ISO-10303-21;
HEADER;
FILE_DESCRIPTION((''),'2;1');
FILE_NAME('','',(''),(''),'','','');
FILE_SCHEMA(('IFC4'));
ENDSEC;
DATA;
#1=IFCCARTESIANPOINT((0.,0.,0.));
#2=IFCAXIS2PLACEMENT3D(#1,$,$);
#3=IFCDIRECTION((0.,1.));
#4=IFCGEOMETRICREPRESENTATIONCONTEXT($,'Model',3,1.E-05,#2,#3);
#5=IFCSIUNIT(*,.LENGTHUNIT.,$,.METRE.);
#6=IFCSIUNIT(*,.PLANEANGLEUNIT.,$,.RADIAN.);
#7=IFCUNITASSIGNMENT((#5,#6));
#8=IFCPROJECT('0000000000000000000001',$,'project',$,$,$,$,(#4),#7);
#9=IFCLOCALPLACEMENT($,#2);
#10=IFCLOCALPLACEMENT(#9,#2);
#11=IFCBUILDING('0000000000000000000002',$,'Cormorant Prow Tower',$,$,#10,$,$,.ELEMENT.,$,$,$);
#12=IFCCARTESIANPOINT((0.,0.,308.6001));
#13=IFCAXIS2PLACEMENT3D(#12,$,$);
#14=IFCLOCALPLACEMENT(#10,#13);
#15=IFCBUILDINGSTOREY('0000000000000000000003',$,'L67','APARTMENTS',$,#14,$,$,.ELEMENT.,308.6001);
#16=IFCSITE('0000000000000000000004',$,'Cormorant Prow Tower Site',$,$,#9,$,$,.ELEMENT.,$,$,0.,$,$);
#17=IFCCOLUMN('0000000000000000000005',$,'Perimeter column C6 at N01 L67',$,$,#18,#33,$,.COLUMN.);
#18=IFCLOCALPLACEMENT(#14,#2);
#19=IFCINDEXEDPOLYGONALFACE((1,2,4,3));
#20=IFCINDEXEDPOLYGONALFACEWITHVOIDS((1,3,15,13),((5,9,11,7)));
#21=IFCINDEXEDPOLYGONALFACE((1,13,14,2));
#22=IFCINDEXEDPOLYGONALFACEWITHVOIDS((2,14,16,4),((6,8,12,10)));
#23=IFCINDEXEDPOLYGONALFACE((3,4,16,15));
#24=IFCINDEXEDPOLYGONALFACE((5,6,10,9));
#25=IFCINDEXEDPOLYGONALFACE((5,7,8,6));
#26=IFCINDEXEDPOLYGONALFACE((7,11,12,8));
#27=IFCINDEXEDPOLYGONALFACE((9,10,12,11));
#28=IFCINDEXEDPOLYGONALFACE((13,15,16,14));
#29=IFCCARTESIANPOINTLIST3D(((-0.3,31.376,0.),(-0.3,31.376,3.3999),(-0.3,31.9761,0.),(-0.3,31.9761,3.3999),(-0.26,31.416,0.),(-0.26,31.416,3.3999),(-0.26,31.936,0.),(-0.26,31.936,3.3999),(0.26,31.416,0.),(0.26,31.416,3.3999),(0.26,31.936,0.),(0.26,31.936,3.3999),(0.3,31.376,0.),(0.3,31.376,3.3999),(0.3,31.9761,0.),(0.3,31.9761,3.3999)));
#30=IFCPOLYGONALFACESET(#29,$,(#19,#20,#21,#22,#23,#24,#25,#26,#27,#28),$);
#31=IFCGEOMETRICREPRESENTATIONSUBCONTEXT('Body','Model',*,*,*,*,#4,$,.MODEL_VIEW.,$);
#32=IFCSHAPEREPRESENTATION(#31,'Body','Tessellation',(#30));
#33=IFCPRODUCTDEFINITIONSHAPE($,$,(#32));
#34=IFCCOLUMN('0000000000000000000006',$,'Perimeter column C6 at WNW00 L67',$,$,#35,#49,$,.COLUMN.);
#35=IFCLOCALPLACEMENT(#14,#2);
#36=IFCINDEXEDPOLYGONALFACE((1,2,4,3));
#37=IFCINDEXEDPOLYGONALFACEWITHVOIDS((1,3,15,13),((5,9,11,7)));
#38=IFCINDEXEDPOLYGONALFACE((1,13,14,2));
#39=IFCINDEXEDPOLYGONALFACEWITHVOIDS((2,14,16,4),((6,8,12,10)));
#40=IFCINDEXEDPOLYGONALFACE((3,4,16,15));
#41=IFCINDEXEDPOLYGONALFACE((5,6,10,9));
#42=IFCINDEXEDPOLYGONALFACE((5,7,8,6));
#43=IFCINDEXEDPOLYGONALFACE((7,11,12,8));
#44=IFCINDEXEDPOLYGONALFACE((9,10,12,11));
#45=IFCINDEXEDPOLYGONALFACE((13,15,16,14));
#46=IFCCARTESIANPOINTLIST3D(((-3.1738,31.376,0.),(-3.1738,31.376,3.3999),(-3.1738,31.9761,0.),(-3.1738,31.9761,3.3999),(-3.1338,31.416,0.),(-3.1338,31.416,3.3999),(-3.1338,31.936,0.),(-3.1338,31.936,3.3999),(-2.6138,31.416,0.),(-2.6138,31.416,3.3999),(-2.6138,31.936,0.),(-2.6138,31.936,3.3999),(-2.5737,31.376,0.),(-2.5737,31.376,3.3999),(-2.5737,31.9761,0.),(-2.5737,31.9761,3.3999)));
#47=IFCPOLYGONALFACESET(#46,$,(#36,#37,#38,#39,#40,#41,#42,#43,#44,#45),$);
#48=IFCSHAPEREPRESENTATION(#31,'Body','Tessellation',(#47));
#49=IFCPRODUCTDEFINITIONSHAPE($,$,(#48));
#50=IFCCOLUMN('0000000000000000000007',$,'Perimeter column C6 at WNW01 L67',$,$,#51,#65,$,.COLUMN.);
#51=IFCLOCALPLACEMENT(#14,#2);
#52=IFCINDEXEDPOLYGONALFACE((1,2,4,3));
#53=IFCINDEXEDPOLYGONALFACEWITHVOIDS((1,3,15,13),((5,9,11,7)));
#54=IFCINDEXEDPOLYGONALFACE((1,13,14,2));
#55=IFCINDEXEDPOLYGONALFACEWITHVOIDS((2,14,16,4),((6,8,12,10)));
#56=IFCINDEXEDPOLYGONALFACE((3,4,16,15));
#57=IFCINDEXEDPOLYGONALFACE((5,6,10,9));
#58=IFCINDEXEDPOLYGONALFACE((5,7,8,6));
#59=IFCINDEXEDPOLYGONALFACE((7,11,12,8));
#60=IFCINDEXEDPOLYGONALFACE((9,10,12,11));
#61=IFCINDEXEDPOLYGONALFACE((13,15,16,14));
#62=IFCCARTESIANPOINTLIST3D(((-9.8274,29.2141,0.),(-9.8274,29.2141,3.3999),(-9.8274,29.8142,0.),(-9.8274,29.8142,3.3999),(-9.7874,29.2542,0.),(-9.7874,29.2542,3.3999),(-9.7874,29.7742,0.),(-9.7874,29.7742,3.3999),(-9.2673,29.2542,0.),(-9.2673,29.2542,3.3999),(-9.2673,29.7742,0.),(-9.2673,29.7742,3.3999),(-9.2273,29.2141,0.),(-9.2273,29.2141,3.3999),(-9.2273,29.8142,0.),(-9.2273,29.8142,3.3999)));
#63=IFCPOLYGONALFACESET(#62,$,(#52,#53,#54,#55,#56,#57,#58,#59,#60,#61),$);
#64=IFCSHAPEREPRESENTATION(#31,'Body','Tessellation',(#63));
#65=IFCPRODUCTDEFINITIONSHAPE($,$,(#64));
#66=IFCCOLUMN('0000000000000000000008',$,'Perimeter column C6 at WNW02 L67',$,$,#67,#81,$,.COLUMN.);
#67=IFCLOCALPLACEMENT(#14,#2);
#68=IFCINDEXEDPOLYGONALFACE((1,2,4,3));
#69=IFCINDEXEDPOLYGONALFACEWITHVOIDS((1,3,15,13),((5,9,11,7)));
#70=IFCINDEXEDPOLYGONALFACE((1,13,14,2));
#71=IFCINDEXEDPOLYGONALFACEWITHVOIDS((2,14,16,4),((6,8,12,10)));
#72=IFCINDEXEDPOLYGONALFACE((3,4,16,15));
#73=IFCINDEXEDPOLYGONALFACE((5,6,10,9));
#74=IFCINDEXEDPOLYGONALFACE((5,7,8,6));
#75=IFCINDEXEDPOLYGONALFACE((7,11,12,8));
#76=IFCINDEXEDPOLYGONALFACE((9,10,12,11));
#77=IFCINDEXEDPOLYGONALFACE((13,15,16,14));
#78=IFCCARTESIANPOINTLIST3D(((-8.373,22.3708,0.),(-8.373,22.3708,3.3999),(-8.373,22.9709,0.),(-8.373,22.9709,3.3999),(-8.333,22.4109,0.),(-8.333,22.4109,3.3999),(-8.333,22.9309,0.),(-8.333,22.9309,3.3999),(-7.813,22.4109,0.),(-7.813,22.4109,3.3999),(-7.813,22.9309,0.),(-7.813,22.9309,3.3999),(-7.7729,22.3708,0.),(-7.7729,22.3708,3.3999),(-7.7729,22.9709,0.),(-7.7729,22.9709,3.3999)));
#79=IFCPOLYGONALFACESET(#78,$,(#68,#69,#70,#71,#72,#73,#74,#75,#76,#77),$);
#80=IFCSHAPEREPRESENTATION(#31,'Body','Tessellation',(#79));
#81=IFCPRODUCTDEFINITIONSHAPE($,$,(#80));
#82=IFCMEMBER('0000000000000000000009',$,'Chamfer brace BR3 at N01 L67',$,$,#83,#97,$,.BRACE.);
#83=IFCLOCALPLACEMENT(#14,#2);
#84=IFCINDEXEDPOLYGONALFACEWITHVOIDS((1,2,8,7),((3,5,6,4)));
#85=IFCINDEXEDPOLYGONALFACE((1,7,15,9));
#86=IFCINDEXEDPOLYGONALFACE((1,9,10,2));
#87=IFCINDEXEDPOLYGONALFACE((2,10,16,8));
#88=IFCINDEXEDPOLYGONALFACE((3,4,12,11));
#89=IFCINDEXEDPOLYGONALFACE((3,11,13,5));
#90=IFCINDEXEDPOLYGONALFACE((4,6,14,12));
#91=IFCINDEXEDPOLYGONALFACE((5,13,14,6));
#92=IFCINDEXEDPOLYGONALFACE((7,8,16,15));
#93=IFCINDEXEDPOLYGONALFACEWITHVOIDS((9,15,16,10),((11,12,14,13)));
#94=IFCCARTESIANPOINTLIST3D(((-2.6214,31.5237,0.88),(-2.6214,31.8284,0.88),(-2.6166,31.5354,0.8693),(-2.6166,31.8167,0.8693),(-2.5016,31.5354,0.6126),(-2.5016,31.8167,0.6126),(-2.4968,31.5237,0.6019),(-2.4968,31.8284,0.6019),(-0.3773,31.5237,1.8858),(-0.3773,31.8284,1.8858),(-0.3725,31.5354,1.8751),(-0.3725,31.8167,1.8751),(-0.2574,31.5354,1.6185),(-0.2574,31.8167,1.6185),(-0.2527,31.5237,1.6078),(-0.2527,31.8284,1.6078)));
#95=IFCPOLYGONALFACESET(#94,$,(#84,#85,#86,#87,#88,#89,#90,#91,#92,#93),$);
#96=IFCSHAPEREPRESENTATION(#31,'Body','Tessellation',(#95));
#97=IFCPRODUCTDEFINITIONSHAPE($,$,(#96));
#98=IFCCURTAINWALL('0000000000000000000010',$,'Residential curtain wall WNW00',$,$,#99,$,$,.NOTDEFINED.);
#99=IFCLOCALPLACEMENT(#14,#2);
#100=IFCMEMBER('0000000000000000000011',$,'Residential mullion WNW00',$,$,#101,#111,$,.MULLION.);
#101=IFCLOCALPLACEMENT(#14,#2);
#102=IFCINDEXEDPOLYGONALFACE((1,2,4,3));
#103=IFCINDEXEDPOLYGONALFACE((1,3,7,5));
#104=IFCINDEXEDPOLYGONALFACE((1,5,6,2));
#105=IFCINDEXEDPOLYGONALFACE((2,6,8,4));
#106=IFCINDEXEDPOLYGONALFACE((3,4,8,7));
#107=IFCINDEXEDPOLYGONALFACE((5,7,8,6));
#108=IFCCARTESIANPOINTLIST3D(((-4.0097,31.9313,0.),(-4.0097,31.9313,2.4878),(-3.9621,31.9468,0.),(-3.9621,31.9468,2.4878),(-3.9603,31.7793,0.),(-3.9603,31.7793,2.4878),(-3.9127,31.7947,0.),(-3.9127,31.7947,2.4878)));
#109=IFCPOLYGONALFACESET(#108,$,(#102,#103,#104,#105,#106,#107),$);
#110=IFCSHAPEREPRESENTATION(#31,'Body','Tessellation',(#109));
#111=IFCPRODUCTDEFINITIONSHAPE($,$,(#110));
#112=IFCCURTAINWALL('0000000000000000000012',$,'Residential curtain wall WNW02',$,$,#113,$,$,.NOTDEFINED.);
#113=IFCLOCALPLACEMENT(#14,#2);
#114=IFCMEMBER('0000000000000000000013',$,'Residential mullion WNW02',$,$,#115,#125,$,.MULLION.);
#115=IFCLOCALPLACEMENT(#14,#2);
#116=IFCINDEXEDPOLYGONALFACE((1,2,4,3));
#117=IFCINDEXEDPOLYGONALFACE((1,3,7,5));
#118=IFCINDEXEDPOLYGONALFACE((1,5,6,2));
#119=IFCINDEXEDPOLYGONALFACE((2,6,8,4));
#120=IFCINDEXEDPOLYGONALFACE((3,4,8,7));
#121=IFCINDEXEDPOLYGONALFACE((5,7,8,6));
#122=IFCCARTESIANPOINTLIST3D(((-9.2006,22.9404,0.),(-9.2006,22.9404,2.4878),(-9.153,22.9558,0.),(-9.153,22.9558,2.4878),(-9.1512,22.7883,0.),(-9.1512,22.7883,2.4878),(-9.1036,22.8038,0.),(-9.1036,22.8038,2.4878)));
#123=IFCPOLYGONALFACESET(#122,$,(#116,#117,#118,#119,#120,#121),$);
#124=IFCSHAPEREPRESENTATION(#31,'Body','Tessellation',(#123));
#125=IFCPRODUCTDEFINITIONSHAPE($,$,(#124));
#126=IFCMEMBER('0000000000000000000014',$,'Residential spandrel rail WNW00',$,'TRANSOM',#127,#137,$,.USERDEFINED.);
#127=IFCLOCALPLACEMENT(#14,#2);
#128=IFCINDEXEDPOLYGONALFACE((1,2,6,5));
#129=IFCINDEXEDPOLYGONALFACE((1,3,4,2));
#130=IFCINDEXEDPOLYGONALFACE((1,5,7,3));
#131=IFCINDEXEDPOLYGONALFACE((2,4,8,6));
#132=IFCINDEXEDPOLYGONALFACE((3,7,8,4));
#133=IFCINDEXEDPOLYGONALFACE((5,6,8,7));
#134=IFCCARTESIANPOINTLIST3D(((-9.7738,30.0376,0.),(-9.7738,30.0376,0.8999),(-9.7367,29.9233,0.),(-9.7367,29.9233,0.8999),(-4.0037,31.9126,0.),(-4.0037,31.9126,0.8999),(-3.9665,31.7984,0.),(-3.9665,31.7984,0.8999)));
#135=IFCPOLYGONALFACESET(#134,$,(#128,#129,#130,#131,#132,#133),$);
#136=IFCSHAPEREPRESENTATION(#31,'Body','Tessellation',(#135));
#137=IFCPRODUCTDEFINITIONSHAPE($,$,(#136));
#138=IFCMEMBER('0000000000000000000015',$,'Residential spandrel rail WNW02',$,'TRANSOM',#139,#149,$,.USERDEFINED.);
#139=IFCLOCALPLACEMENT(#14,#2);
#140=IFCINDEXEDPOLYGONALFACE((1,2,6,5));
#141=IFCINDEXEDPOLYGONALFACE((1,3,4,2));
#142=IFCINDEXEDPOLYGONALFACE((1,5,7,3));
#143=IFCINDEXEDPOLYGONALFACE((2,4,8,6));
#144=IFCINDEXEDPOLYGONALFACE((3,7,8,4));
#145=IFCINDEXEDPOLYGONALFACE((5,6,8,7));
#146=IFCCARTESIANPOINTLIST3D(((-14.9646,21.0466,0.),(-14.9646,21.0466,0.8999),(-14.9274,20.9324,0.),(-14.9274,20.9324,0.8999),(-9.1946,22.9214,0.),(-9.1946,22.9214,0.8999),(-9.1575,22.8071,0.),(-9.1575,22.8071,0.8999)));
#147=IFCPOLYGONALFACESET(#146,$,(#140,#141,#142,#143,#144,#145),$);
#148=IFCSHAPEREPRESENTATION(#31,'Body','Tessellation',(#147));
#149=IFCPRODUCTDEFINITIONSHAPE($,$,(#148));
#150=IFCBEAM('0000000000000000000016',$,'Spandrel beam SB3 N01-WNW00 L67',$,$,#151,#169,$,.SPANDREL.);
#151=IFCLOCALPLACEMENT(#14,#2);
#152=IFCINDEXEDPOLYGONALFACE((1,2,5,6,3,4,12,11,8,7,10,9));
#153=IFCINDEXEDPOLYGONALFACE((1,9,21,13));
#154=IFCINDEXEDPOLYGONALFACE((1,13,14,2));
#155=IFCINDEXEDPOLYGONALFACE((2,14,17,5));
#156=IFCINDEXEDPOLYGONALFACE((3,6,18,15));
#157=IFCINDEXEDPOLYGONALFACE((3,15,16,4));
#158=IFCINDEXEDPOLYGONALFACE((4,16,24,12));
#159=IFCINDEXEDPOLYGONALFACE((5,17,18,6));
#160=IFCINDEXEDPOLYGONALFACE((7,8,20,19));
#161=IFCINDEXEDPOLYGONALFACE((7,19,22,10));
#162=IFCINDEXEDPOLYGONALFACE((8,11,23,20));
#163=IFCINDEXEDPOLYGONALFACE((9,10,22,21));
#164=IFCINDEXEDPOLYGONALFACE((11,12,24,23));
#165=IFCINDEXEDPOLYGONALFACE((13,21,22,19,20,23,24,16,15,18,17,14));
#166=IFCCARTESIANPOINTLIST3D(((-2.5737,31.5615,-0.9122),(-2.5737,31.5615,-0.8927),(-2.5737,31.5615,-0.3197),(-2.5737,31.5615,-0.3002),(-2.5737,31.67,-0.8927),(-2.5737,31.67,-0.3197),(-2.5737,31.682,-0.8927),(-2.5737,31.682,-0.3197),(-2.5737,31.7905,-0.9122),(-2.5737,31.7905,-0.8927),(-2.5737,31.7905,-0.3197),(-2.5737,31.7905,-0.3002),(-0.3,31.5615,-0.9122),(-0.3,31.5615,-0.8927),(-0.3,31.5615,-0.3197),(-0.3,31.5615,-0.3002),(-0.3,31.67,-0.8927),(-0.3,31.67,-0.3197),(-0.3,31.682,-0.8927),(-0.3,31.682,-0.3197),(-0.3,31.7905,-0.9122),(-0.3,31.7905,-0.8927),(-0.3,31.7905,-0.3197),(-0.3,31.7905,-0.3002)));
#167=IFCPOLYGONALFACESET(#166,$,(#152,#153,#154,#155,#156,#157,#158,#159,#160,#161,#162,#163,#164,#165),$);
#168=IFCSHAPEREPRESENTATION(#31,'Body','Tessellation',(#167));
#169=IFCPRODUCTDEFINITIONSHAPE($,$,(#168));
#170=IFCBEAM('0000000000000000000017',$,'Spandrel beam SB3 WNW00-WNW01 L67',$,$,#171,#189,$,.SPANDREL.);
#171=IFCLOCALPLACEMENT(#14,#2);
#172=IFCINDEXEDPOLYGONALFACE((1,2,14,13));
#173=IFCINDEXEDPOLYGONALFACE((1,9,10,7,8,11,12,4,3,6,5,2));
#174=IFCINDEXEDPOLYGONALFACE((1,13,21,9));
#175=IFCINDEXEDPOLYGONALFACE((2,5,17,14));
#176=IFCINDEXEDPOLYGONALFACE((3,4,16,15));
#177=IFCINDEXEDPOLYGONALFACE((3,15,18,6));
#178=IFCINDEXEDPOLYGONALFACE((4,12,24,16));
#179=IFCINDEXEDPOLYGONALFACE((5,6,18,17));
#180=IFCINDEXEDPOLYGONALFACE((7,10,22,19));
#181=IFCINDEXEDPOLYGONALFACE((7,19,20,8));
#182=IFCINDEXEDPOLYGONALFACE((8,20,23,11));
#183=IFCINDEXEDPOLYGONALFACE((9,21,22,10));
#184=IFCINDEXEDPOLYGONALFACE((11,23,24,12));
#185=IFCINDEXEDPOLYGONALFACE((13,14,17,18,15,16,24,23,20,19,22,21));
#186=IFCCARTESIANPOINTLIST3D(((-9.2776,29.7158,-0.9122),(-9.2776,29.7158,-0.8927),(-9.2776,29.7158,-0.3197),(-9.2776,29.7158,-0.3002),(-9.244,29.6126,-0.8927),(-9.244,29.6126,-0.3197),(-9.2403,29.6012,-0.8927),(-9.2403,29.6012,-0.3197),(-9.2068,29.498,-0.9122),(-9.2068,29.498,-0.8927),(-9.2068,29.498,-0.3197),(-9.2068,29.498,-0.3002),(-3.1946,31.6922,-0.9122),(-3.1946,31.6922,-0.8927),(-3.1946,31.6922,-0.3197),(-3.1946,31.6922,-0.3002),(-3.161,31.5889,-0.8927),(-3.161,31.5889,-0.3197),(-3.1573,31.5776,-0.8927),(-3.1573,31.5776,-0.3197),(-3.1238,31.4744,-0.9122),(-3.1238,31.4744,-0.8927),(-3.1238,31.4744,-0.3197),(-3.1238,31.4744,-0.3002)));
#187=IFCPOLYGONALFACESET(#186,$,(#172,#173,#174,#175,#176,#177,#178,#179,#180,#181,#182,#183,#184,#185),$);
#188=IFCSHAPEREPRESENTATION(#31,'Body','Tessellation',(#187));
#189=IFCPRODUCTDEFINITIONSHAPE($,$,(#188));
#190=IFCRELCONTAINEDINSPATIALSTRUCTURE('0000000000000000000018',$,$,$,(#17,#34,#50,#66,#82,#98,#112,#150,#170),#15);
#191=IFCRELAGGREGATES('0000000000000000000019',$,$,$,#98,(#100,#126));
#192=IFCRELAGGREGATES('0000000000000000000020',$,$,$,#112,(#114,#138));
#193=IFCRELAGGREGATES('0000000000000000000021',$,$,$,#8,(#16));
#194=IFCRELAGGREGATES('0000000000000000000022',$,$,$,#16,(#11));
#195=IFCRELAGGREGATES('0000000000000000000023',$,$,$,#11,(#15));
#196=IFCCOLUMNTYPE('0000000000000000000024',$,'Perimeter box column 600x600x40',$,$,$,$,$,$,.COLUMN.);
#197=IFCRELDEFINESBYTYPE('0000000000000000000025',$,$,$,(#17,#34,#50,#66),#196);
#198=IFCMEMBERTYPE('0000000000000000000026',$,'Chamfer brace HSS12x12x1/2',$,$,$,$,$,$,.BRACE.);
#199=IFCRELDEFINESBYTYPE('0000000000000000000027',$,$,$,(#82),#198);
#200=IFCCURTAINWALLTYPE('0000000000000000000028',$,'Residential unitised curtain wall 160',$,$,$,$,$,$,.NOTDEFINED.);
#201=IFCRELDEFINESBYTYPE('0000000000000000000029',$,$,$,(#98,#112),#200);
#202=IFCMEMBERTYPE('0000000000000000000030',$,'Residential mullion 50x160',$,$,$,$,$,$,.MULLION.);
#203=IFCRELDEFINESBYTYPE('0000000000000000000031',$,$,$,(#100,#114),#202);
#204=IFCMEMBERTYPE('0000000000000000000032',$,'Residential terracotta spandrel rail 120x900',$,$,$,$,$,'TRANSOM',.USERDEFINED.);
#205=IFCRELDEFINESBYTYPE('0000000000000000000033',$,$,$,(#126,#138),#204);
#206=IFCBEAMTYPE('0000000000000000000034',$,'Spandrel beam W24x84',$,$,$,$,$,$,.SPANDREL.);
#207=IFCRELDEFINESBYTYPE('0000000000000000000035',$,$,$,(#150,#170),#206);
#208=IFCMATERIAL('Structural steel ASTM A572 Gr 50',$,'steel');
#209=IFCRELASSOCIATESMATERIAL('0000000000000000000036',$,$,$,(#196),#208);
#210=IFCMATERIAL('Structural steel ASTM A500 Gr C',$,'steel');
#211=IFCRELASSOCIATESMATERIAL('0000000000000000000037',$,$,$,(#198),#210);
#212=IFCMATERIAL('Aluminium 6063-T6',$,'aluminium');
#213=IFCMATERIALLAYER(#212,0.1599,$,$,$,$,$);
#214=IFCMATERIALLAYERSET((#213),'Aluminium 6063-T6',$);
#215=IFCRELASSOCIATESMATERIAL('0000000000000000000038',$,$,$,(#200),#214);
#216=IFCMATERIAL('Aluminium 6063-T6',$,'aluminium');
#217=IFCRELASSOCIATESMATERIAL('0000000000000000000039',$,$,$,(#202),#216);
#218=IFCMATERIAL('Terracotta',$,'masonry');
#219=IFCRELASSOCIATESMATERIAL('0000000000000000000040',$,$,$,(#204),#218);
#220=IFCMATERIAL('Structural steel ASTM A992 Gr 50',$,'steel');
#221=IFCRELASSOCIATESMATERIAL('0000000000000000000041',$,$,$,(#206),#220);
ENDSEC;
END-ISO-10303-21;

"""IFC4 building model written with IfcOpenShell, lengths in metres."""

from ifc_helpers import new_model, si_unit, direction, frame, origin, origin_2d, place, context, subcontext, project, spatial, rectangle, hollow_rectangle, i_section, extrude, material, layer, layer_set, material_profile, profile_set, type_object, element, aggregate, save


model = new_model("IFC4")

# Units and contexts
model_context = context("Model", 3, precision=1e-05, world=origin(), true_north=direction((0.0, 1.0)))
body_context = subcontext(model_context, "Body", "Model", "MODEL_VIEW")
ifc_project = project(units=[si_unit("LENGTHUNIT", "METRE"), si_unit("PLANEANGLEUNIT", "RADIAN")], contexts=[model_context])

# Site, building, storey
site_placement = place(None, origin())
site = spatial("IfcSite", under=ifc_project, at=site_placement, Name="Cormorant Prow Tower Site", CompositionType="ELEMENT", RefElevation=0.0)
building_placement = place(site_placement, origin())
building = spatial("IfcBuilding", under=site, at=building_placement, Name="Cormorant Prow Tower", CompositionType="ELEMENT")
storey_placement = place(building_placement, frame((0.0, 0.0, 308.6001)))
storey = spatial("IfcBuildingStorey", under=building, at=storey_placement, Name="L67", Description="APARTMENTS", CompositionType="ELEMENT", Elevation=308.6001)

# Columns
ifc_material_1 = material(Name="Structural steel ASTM A572 Gr 50", Category="steel")
ifc_material_profile_1 = material_profile(ifc_material_1, hollow_rectangle(XDim=0.6001, YDim=0.6001, WallThickness=0.04, at=origin_2d()), Name="Box 600x600x40")
ifc_profile_set_1 = profile_set([ifc_material_profile_1], Name="Structural steel ASTM A572 Gr 50")
column_type = type_object("IfcColumnType", Name="Perimeter box column 600x600x40", PredefinedType="COLUMN", material=ifc_profile_set_1)
for number, where, z_axis, x_axis, name in (
    (1, (0.0, 31.676, 0.0), (0.0, 0.0, 1.0), (1.0, 0.0, 0.0), "Perimeter column C6 at N01 L67"),
    (2, (-2.8738, 31.676, 0.0), (0.0, 0.0, 1.0), (1.0, 0.0, 0.0), "Perimeter column C6 at WNW00 L67"),
    (3, (-9.5273, 29.5142, 0.0), (0.0, 0.0, 1.0), (1.0, 0.0, 0.0), "Perimeter column C6 at WNW01 L67"),
    (4, (-8.073, 22.6709, 0.0), (0.0, 0.0, 1.0), (1.0, 0.0, 0.0), "Perimeter column C6 at WNW02 L67"),
):
    element("IfcColumn", number, at=place(storey_placement, frame(where, z_axis=z_axis, x_axis=x_axis)), inside=storey, type_object=column_type, Name=name, PredefinedType="COLUMN", context=body_context, shape_type="SweptSolid", body=[
        extrude(hollow_rectangle(XDim=0.6001, YDim=0.6001, WallThickness=0.04, at=origin_2d()), origin(), (0.0, 0.0, 1.0), 3.3999),
    ])

# Member
ifc_material_2 = material(Name="Structural steel ASTM A500 Gr C", Category="steel")
ifc_material_profile_2 = material_profile(ifc_material_2, hollow_rectangle(XDim=0.3047, YDim=0.3047, WallThickness=0.0117, at=origin_2d()), Name="HSS12x12x1/2")
ifc_profile_set_2 = profile_set([ifc_material_profile_2], Name="Structural steel ASTM A500 Gr C")
member_type_1 = type_object("IfcMemberType", Name="Chamfer brace HSS12x12x1/2", PredefinedType="BRACE", material=ifc_profile_set_2)
member_1_placement = place(storey_placement, frame((-2.5591, 31.676, 0.741), z_axis=(0.91253, 0.0, 0.40901), x_axis=(0.0, 1.0, 0.0)))
element("IfcMember", 5, at=member_1_placement, inside=storey, type_object=member_type_1, Name="Chamfer brace BR3 at N01 L67", PredefinedType="BRACE", context=body_context, shape_type="SweptSolid", body=[
    extrude(hollow_rectangle(XDim=0.3047, YDim=0.3047, WallThickness=0.0117, at=origin_2d()), origin(), (0.0, 0.0, 1.0), 2.4592),
])

# Curtain walls, members
ifc_material_3 = material(Name="Aluminium 6063-T6", Category="aluminium")
ifc_layer_1 = layer(ifc_material_3, 0.1599)
ifc_layer_set_1 = layer_set([ifc_layer_1], Name="Aluminium 6063-T6")
curtain_wall_type = type_object("IfcCurtainWallType", Name="Residential unitised curtain wall 160", PredefinedType="NOTDEFINED", material=ifc_layer_set_1)
curtain_wall_1_placement = place(storey_placement, origin())
curtain_wall_1 = element("IfcCurtainWall", 6, at=curtain_wall_1_placement, inside=storey, type_object=curtain_wall_type, Name="Residential curtain wall WNW00", PredefinedType="NOTDEFINED")
ifc_material_4 = material(Name="Aluminium 6063-T6", Category="aluminium")
ifc_material_profile_3 = material_profile(ifc_material_4, rectangle(XDim=0.1599, YDim=0.05, at=origin_2d()), Name="Residential mullion 50x160")
ifc_profile_set_3 = profile_set([ifc_material_profile_3], Name="Aluminium 6063-T6")
member_type_2 = type_object("IfcMemberType", Name="Residential mullion 50x160", PredefinedType="MULLION", material=ifc_profile_set_3)
member_2_placement = place(storey_placement, frame((-3.9612, 31.863, 0.0), z_axis=(0.0, 0.0, 1.0), x_axis=(0.309017, -0.951057, 0.0)))
member_2 = element("IfcMember", 7, at=member_2_placement, type_object=member_type_2, Name="Residential mullion WNW00", PredefinedType="MULLION", context=body_context, shape_type="SweptSolid", body=[
    extrude(rectangle(XDim=0.1599, YDim=0.05, at=origin_2d()), origin(), (0.0, 0.0, 1.0), 2.4878),
])
curtain_wall_2_placement = place(storey_placement, origin())
curtain_wall_2 = element("IfcCurtainWall", 8, at=curtain_wall_2_placement, inside=storey, type_object=curtain_wall_type, Name="Residential curtain wall WNW02", PredefinedType="NOTDEFINED")
member_3_placement = place(storey_placement, frame((-9.1521, 22.8721, 0.0), z_axis=(0.0, 0.0, 1.0), x_axis=(0.309017, -0.951057, 0.0)))
member_3 = element("IfcMember", 9, at=member_3_placement, type_object=member_type_2, Name="Residential mullion WNW02", PredefinedType="MULLION", context=body_context, shape_type="SweptSolid", body=[
    extrude(rectangle(XDim=0.1599, YDim=0.05, at=origin_2d()), origin(), (0.0, 0.0, 1.0), 2.4878),
])

# Members
ifc_material_5 = material(Name="Terracotta", Category="masonry")
ifc_material_profile_4 = material_profile(ifc_material_5, rectangle(XDim=0.1201, YDim=0.8999, at=origin_2d()), Name="Residential terracotta spandrel rail 120x900")
ifc_profile_set_4 = profile_set([ifc_material_profile_4], Name="Terracotta")
member_type_3 = type_object("IfcMemberType", Name="Residential terracotta spandrel rail 120x900", ElementType="TRANSOM", PredefinedType="USERDEFINED", material=ifc_profile_set_4)
member_4_placement = place(storey_placement, frame((-3.9851, 31.8555, 0.45), z_axis=(-0.951046, -0.309048, 0.0), x_axis=(0.309048, -0.951046, 0.0)))
member_4 = element("IfcMember", 10, at=member_4_placement, type_object=member_type_3, Name="Residential spandrel rail WNW00", ObjectType="TRANSOM", PredefinedType="USERDEFINED", context=body_context, shape_type="SweptSolid", body=[
    extrude(rectangle(XDim=0.1201, YDim=0.8999, at=origin_2d()), origin(), (0.0, 0.0, 1.0), 6.0671),
])
member_5_placement = place(storey_placement, frame((-9.176, 22.8643, 0.45), z_axis=(-0.951058, -0.309011, 0.0), x_axis=(0.309011, -0.951058, 0.0)))
member_5 = element("IfcMember", 11, at=member_5_placement, type_object=member_type_3, Name="Residential spandrel rail WNW02", ObjectType="TRANSOM", PredefinedType="USERDEFINED", context=body_context, shape_type="SweptSolid", body=[
    extrude(rectangle(XDim=0.1201, YDim=0.8999, at=origin_2d()), origin(), (0.0, 0.0, 1.0), 6.0669),
])

# Beams
ifc_material_6 = material(Name="Structural steel ASTM A992 Gr 50", Category="steel")
ifc_material_profile_5 = material_profile(ifc_material_6, i_section(OverallWidth=0.229, OverallDepth=0.6121, WebThickness=0.012, FlangeThickness=0.0195, at=origin_2d()), Name="W24x84")
ifc_profile_set_5 = profile_set([ifc_material_profile_5], Name="Structural steel ASTM A992 Gr 50")
beam_type = type_object("IfcBeamType", Name="Spandrel beam W24x84", PredefinedType="SPANDREL", material=ifc_profile_set_5)
beam_1_placement = place(storey_placement, frame((-0.3, 31.676, -0.6062), z_axis=(-1.0, 0.0, 0.0), x_axis=(0.0, -1.0, 0.0)))
element("IfcBeam", 12, at=beam_1_placement, inside=storey, type_object=beam_type, Name="Spandrel beam SB3 N01-WNW00 L67", PredefinedType="SPANDREL", context=body_context, shape_type="SweptSolid", body=[
    extrude(i_section(OverallWidth=0.229, OverallDepth=0.6121, WebThickness=0.012, FlangeThickness=0.0195, at=origin_2d()), origin(), (0.0, 0.0, 1.0), 2.2737),
])
beam_2_placement = place(storey_placement, frame((-3.1592, 31.5833, -0.6062), z_axis=(-0.951064, -0.308993, 0.0), x_axis=(0.308993, -0.951064, 0.0)))
element("IfcBeam", 13, at=beam_2_placement, inside=storey, type_object=beam_type, Name="Spandrel beam SB3 WNW00-WNW01 L67", PredefinedType="SPANDREL", context=body_context, shape_type="SweptSolid", body=[
    extrude(i_section(OverallWidth=0.229, OverallDepth=0.6121, WebThickness=0.012, FlangeThickness=0.0195, at=origin_2d()), origin(), (0.0, 0.0, 1.0), 6.396),
])

aggregate(curtain_wall_1, [member_2, member_4])
aggregate(curtain_wall_2, [member_3, member_5])

save(model, "model.ifc")
